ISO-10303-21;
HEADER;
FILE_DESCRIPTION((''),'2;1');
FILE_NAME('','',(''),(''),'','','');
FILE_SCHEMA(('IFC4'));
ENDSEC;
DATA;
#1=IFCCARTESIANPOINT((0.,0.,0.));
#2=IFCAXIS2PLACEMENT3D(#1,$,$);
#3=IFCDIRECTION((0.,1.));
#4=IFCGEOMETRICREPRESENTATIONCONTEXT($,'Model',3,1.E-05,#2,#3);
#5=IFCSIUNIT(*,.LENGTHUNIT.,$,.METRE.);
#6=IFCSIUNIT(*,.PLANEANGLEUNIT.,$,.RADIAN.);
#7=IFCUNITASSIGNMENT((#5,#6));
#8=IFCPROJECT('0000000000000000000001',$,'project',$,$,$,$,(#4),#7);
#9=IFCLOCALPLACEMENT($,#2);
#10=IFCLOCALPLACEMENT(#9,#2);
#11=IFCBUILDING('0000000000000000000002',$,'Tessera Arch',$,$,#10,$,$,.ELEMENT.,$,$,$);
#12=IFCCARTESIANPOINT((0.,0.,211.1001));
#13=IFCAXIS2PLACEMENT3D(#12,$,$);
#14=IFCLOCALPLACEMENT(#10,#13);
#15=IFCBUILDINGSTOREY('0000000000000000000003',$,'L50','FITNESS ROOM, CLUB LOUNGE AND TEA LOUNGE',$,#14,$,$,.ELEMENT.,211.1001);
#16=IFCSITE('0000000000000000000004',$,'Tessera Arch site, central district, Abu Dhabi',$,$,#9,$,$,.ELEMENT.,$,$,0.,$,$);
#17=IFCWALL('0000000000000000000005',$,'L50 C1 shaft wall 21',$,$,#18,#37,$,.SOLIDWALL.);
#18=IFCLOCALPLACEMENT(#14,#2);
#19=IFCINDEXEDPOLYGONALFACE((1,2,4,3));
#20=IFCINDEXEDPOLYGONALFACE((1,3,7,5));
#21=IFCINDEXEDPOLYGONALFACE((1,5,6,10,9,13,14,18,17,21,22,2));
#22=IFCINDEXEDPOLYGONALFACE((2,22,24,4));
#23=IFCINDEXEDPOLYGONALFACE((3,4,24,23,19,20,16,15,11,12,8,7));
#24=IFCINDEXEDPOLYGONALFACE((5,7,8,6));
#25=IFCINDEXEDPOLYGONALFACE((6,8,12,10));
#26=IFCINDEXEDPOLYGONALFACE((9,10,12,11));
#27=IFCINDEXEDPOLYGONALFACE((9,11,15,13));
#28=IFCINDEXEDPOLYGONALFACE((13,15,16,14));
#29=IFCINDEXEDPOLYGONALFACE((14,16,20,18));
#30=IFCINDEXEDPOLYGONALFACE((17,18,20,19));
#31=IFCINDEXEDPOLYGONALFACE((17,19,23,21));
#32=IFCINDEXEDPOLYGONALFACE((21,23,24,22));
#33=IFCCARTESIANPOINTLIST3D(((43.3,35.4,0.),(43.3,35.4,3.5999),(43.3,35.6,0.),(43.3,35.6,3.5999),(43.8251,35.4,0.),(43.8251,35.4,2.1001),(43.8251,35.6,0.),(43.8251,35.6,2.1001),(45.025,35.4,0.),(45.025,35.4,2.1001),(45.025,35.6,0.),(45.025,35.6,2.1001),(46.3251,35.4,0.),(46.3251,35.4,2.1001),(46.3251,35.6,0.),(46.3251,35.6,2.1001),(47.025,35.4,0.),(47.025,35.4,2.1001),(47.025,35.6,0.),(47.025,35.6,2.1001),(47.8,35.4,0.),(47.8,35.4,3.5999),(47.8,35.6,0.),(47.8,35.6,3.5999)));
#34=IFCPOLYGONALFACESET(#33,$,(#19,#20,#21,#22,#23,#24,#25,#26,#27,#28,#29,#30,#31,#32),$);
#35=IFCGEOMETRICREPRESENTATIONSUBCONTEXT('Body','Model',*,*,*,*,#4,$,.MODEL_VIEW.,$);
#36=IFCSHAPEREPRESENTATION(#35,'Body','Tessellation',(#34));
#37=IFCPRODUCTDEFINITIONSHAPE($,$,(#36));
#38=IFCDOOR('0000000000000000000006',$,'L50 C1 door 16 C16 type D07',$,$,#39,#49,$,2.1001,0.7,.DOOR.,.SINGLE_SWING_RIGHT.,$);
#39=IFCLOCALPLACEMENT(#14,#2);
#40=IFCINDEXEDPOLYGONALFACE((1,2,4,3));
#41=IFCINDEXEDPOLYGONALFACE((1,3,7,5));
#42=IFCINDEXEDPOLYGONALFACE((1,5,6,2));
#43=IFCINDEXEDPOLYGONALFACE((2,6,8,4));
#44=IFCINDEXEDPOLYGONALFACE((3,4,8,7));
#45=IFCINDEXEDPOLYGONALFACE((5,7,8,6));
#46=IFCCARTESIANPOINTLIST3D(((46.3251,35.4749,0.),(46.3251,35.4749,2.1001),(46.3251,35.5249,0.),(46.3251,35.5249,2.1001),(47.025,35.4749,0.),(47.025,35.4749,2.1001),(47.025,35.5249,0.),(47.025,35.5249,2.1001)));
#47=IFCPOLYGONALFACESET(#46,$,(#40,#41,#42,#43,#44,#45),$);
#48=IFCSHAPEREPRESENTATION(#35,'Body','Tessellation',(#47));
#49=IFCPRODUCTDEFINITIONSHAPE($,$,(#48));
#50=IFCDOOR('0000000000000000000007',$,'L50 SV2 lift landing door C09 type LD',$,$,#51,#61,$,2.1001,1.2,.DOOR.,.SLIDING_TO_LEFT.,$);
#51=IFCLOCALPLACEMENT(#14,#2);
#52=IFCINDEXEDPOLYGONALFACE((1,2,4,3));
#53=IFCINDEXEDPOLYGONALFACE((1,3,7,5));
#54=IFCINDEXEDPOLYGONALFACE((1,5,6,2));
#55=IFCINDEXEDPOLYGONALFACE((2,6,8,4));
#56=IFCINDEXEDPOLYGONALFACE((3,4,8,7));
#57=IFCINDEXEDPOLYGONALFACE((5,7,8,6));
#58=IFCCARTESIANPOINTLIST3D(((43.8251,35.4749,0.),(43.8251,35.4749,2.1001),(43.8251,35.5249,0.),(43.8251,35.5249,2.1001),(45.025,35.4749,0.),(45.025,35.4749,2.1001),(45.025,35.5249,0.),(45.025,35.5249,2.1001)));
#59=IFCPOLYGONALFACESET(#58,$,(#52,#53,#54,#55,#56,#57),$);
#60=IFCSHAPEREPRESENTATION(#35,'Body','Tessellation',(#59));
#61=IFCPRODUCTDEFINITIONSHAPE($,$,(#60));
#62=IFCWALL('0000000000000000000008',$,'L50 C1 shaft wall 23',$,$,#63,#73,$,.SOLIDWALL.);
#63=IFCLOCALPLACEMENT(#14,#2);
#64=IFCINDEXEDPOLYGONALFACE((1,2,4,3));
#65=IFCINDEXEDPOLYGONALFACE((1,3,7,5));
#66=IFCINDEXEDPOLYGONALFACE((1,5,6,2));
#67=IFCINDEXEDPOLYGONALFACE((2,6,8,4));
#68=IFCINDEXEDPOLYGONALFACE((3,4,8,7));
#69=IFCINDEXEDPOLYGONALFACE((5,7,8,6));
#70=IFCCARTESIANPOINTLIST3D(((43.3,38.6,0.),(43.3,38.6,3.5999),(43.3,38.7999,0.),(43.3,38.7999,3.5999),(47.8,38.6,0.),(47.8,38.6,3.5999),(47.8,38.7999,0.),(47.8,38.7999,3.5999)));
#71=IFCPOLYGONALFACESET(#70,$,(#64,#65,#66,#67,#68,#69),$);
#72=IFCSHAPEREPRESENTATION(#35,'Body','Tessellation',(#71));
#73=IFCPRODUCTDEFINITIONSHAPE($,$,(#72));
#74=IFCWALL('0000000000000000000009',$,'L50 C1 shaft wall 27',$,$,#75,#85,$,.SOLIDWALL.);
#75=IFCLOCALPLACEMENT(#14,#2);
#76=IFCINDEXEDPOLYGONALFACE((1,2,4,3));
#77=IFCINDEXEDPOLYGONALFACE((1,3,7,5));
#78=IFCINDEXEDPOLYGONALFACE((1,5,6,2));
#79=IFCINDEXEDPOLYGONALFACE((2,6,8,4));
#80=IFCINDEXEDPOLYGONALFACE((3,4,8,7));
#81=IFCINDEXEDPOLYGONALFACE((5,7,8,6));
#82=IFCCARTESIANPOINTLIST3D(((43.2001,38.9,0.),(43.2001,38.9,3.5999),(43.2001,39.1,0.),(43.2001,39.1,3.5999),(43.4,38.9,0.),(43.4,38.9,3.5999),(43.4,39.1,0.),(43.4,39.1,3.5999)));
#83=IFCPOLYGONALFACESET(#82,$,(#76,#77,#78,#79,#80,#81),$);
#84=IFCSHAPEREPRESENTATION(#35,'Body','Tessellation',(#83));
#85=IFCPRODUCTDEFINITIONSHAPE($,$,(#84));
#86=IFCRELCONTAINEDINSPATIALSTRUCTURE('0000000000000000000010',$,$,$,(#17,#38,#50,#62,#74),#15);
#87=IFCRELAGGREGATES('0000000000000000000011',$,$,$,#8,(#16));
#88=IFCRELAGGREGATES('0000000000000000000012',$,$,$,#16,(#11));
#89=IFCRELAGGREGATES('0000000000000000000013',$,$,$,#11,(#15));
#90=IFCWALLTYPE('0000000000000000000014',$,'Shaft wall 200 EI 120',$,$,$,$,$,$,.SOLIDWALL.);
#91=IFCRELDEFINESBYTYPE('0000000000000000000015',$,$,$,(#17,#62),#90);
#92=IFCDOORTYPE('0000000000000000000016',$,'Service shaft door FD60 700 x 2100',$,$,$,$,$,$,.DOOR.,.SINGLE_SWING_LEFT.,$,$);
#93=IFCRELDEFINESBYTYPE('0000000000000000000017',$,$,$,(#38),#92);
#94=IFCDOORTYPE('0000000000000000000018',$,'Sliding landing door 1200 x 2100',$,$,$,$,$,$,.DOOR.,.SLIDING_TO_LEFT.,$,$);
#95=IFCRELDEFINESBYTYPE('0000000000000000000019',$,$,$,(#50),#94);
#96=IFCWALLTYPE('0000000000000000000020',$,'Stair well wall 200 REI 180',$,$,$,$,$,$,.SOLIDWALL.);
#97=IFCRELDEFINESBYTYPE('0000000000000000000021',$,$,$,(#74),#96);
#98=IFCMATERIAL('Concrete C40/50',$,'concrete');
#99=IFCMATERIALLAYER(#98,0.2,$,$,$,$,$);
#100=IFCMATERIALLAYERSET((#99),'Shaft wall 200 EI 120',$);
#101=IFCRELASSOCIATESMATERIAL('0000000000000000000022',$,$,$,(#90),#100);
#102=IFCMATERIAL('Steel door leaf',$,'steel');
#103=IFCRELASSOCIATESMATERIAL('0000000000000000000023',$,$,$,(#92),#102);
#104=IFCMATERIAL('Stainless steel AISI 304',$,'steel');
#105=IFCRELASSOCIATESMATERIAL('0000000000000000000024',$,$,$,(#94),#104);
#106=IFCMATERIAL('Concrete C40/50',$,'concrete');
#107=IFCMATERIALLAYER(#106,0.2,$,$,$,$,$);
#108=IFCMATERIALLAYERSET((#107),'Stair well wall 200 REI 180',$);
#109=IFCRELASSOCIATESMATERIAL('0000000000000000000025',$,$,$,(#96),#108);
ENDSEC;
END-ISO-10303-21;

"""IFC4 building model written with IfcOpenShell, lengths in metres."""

from ifc_helpers import new_model, si_unit, direction, frame, frame_2d, origin, place, context, subcontext, project, spatial, rectangle, extrude, material, layer, layer_set, type_object, element, fill, save


model = new_model("IFC4")

# Units and contexts
model_context = context("Model", 3, precision=1e-05, world=origin(), true_north=direction((0.0, 1.0)))
body_context = subcontext(model_context, "Body", "Model", "MODEL_VIEW")
ifc_project = project(units=[si_unit("LENGTHUNIT", "METRE"), si_unit("PLANEANGLEUNIT", "RADIAN")], contexts=[model_context])

# Site, building, storey
site_placement = place(None, origin())
site = spatial("IfcSite", under=ifc_project, at=site_placement, Name="Tessera Arch site, central district, Abu Dhabi", CompositionType="ELEMENT", RefElevation=0.0)
building_placement = place(site_placement, origin())
building = spatial("IfcBuilding", under=site, at=building_placement, Name="Tessera Arch", CompositionType="ELEMENT")
storey_placement = place(building_placement, frame((0.0, 0.0, 211.1001)))
storey = spatial("IfcBuildingStorey", under=building, at=storey_placement, Name="L50", Description="FITNESS ROOM, CLUB LOUNGE AND TEA LOUNGE", CompositionType="ELEMENT", Elevation=211.1001)

# Shared definitions
ifc_material_1 = material(Name="Concrete C40/50", Category="concrete")
ifc_layer_1 = layer(ifc_material_1, 0.2)
ifc_layer_set_1 = layer_set([ifc_layer_1], Name="Shaft wall 200 EI 120")
wall_type_1 = type_object("IfcWallType", Name="Shaft wall 200 EI 120", PredefinedType="SOLIDWALL", material=ifc_layer_set_1)

# Wall, openings, doors
wall_1_placement = place(storey_placement, frame((43.3, 35.5, 0.0), z_axis=(0.0, 0.0, 1.0), x_axis=(1.0, 0.0, 0.0)))
wall_1 = element("IfcWall", 1, at=wall_1_placement, inside=storey, type_object=wall_type_1, Name="L50 C1 shaft wall 21", PredefinedType="SOLIDWALL", context=body_context, shape_type="SweptSolid", body=[
    extrude(rectangle(XDim=4.5, YDim=0.2, at=frame_2d((2.25, 0.0))), origin(), (0.0, 0.0, 1.0), 3.5999),
])
opening_1_placement = place(wall_1_placement, frame((0.5249, 0.0, 0.0)))
opening_1 = element("IfcOpeningElement", 2, at=opening_1_placement, cuts=wall_1, PredefinedType="OPENING", context=body_context, shape_type="SweptSolid", body=[
    extrude(rectangle(XDim=1.2, YDim=2.1001, at=frame_2d((0.6001, 1.05))), frame((0.0, 0.1099, 0.0), z_axis=(0.0, -1.0, 0.0), x_axis=(1.0, 0.0, 0.0)), (0.0, 0.0, 1.0), 0.22),
])
opening_2_placement = place(wall_1_placement, frame((3.0249, 0.0, 0.0)))
opening_2 = element("IfcOpeningElement", 3, at=opening_2_placement, cuts=wall_1, PredefinedType="OPENING", context=body_context, shape_type="SweptSolid", body=[
    extrude(rectangle(XDim=0.7, YDim=2.1001, at=frame_2d((0.3501, 1.05))), frame((0.0, 0.1099, 0.0), z_axis=(0.0, -1.0, 0.0), x_axis=(1.0, 0.0, 0.0)), (0.0, 0.0, 1.0), 0.22),
])
ifc_material_2 = material(Name="Steel door leaf", Category="steel")
door_type_1 = type_object("IfcDoorType", Name="Service shaft door FD60 700 x 2100", OperationType="SINGLE_SWING_LEFT", PredefinedType="DOOR", material=ifc_material_2)
door_1_placement = place(opening_2_placement, origin())
door_1 = element("IfcDoor", 4, at=door_1_placement, inside=storey, type_object=door_type_1, Name="L50 C1 door 16 C16 type D07", OperationType="SINGLE_SWING_RIGHT", OverallHeight=2.1001, OverallWidth=0.7, PredefinedType="DOOR", context=body_context, shape_type="SweptSolid", body=[
    extrude(rectangle(XDim=0.7, YDim=2.1001, at=frame_2d((0.3501, 1.05))), frame((0.0, 0.0249, 0.0), z_axis=(0.0, -1.0, 0.0), x_axis=(1.0, 0.0, 0.0)), (0.0, 0.0, 1.0), 0.05),
])
fill(opening_2, door_1)
ifc_material_3 = material(Name="Stainless steel AISI 304", Category="steel")
door_type_2 = type_object("IfcDoorType", Name="Sliding landing door 1200 x 2100", OperationType="SLIDING_TO_LEFT", PredefinedType="DOOR", material=ifc_material_3)
door_2_placement = place(opening_1_placement, origin())
door_2 = element("IfcDoor", 5, at=door_2_placement, inside=storey, type_object=door_type_2, Name="L50 SV2 lift landing door C09 type LD", OperationType="SLIDING_TO_LEFT", OverallHeight=2.1001, OverallWidth=1.2, PredefinedType="DOOR", context=body_context, shape_type="SweptSolid", body=[
    extrude(rectangle(XDim=1.2, YDim=2.1001, at=frame_2d((0.6001, 1.05))), frame((0.0, 0.0249, 0.0), z_axis=(0.0, -1.0, 0.0), x_axis=(1.0, 0.0, 0.0)), (0.0, 0.0, 1.0), 0.05),
])
fill(opening_1, door_2)

# Walls
wall_2_placement = place(storey_placement, frame((43.3, 38.7, 0.0), z_axis=(0.0, 0.0, 1.0), x_axis=(1.0, 0.0, 0.0)))
element("IfcWall", 6, at=wall_2_placement, inside=storey, type_object=wall_type_1, Name="L50 C1 shaft wall 23", PredefinedType="SOLIDWALL", context=body_context, shape_type="SweptSolid", body=[
    extrude(rectangle(XDim=4.5, YDim=0.2, at=frame_2d((2.25, 0.0))), origin(), (0.0, 0.0, 1.0), 3.5999),
])
ifc_material_4 = material(Name="Concrete C40/50", Category="concrete")
ifc_layer_2 = layer(ifc_material_4, 0.2)
ifc_layer_set_2 = layer_set([ifc_layer_2], Name="Stair well wall 200 REI 180")
wall_type_2 = type_object("IfcWallType", Name="Stair well wall 200 REI 180", PredefinedType="SOLIDWALL", material=ifc_layer_set_2)
wall_3_placement = place(storey_placement, frame((43.2, 39.0, 0.0), z_axis=(0.0, 0.0, 1.0), x_axis=(1.0, 0.0, 0.0)))
element("IfcWall", 7, at=wall_3_placement, inside=storey, type_object=wall_type_2, Name="L50 C1 shaft wall 27", PredefinedType="SOLIDWALL", context=body_context, shape_type="SweptSolid", body=[
    extrude(rectangle(XDim=0.2, YDim=0.2, at=frame_2d((0.1001, 0.0))), origin(), (0.0, 0.0, 1.0), 3.5999),
])

save(model, "model.ifc")
